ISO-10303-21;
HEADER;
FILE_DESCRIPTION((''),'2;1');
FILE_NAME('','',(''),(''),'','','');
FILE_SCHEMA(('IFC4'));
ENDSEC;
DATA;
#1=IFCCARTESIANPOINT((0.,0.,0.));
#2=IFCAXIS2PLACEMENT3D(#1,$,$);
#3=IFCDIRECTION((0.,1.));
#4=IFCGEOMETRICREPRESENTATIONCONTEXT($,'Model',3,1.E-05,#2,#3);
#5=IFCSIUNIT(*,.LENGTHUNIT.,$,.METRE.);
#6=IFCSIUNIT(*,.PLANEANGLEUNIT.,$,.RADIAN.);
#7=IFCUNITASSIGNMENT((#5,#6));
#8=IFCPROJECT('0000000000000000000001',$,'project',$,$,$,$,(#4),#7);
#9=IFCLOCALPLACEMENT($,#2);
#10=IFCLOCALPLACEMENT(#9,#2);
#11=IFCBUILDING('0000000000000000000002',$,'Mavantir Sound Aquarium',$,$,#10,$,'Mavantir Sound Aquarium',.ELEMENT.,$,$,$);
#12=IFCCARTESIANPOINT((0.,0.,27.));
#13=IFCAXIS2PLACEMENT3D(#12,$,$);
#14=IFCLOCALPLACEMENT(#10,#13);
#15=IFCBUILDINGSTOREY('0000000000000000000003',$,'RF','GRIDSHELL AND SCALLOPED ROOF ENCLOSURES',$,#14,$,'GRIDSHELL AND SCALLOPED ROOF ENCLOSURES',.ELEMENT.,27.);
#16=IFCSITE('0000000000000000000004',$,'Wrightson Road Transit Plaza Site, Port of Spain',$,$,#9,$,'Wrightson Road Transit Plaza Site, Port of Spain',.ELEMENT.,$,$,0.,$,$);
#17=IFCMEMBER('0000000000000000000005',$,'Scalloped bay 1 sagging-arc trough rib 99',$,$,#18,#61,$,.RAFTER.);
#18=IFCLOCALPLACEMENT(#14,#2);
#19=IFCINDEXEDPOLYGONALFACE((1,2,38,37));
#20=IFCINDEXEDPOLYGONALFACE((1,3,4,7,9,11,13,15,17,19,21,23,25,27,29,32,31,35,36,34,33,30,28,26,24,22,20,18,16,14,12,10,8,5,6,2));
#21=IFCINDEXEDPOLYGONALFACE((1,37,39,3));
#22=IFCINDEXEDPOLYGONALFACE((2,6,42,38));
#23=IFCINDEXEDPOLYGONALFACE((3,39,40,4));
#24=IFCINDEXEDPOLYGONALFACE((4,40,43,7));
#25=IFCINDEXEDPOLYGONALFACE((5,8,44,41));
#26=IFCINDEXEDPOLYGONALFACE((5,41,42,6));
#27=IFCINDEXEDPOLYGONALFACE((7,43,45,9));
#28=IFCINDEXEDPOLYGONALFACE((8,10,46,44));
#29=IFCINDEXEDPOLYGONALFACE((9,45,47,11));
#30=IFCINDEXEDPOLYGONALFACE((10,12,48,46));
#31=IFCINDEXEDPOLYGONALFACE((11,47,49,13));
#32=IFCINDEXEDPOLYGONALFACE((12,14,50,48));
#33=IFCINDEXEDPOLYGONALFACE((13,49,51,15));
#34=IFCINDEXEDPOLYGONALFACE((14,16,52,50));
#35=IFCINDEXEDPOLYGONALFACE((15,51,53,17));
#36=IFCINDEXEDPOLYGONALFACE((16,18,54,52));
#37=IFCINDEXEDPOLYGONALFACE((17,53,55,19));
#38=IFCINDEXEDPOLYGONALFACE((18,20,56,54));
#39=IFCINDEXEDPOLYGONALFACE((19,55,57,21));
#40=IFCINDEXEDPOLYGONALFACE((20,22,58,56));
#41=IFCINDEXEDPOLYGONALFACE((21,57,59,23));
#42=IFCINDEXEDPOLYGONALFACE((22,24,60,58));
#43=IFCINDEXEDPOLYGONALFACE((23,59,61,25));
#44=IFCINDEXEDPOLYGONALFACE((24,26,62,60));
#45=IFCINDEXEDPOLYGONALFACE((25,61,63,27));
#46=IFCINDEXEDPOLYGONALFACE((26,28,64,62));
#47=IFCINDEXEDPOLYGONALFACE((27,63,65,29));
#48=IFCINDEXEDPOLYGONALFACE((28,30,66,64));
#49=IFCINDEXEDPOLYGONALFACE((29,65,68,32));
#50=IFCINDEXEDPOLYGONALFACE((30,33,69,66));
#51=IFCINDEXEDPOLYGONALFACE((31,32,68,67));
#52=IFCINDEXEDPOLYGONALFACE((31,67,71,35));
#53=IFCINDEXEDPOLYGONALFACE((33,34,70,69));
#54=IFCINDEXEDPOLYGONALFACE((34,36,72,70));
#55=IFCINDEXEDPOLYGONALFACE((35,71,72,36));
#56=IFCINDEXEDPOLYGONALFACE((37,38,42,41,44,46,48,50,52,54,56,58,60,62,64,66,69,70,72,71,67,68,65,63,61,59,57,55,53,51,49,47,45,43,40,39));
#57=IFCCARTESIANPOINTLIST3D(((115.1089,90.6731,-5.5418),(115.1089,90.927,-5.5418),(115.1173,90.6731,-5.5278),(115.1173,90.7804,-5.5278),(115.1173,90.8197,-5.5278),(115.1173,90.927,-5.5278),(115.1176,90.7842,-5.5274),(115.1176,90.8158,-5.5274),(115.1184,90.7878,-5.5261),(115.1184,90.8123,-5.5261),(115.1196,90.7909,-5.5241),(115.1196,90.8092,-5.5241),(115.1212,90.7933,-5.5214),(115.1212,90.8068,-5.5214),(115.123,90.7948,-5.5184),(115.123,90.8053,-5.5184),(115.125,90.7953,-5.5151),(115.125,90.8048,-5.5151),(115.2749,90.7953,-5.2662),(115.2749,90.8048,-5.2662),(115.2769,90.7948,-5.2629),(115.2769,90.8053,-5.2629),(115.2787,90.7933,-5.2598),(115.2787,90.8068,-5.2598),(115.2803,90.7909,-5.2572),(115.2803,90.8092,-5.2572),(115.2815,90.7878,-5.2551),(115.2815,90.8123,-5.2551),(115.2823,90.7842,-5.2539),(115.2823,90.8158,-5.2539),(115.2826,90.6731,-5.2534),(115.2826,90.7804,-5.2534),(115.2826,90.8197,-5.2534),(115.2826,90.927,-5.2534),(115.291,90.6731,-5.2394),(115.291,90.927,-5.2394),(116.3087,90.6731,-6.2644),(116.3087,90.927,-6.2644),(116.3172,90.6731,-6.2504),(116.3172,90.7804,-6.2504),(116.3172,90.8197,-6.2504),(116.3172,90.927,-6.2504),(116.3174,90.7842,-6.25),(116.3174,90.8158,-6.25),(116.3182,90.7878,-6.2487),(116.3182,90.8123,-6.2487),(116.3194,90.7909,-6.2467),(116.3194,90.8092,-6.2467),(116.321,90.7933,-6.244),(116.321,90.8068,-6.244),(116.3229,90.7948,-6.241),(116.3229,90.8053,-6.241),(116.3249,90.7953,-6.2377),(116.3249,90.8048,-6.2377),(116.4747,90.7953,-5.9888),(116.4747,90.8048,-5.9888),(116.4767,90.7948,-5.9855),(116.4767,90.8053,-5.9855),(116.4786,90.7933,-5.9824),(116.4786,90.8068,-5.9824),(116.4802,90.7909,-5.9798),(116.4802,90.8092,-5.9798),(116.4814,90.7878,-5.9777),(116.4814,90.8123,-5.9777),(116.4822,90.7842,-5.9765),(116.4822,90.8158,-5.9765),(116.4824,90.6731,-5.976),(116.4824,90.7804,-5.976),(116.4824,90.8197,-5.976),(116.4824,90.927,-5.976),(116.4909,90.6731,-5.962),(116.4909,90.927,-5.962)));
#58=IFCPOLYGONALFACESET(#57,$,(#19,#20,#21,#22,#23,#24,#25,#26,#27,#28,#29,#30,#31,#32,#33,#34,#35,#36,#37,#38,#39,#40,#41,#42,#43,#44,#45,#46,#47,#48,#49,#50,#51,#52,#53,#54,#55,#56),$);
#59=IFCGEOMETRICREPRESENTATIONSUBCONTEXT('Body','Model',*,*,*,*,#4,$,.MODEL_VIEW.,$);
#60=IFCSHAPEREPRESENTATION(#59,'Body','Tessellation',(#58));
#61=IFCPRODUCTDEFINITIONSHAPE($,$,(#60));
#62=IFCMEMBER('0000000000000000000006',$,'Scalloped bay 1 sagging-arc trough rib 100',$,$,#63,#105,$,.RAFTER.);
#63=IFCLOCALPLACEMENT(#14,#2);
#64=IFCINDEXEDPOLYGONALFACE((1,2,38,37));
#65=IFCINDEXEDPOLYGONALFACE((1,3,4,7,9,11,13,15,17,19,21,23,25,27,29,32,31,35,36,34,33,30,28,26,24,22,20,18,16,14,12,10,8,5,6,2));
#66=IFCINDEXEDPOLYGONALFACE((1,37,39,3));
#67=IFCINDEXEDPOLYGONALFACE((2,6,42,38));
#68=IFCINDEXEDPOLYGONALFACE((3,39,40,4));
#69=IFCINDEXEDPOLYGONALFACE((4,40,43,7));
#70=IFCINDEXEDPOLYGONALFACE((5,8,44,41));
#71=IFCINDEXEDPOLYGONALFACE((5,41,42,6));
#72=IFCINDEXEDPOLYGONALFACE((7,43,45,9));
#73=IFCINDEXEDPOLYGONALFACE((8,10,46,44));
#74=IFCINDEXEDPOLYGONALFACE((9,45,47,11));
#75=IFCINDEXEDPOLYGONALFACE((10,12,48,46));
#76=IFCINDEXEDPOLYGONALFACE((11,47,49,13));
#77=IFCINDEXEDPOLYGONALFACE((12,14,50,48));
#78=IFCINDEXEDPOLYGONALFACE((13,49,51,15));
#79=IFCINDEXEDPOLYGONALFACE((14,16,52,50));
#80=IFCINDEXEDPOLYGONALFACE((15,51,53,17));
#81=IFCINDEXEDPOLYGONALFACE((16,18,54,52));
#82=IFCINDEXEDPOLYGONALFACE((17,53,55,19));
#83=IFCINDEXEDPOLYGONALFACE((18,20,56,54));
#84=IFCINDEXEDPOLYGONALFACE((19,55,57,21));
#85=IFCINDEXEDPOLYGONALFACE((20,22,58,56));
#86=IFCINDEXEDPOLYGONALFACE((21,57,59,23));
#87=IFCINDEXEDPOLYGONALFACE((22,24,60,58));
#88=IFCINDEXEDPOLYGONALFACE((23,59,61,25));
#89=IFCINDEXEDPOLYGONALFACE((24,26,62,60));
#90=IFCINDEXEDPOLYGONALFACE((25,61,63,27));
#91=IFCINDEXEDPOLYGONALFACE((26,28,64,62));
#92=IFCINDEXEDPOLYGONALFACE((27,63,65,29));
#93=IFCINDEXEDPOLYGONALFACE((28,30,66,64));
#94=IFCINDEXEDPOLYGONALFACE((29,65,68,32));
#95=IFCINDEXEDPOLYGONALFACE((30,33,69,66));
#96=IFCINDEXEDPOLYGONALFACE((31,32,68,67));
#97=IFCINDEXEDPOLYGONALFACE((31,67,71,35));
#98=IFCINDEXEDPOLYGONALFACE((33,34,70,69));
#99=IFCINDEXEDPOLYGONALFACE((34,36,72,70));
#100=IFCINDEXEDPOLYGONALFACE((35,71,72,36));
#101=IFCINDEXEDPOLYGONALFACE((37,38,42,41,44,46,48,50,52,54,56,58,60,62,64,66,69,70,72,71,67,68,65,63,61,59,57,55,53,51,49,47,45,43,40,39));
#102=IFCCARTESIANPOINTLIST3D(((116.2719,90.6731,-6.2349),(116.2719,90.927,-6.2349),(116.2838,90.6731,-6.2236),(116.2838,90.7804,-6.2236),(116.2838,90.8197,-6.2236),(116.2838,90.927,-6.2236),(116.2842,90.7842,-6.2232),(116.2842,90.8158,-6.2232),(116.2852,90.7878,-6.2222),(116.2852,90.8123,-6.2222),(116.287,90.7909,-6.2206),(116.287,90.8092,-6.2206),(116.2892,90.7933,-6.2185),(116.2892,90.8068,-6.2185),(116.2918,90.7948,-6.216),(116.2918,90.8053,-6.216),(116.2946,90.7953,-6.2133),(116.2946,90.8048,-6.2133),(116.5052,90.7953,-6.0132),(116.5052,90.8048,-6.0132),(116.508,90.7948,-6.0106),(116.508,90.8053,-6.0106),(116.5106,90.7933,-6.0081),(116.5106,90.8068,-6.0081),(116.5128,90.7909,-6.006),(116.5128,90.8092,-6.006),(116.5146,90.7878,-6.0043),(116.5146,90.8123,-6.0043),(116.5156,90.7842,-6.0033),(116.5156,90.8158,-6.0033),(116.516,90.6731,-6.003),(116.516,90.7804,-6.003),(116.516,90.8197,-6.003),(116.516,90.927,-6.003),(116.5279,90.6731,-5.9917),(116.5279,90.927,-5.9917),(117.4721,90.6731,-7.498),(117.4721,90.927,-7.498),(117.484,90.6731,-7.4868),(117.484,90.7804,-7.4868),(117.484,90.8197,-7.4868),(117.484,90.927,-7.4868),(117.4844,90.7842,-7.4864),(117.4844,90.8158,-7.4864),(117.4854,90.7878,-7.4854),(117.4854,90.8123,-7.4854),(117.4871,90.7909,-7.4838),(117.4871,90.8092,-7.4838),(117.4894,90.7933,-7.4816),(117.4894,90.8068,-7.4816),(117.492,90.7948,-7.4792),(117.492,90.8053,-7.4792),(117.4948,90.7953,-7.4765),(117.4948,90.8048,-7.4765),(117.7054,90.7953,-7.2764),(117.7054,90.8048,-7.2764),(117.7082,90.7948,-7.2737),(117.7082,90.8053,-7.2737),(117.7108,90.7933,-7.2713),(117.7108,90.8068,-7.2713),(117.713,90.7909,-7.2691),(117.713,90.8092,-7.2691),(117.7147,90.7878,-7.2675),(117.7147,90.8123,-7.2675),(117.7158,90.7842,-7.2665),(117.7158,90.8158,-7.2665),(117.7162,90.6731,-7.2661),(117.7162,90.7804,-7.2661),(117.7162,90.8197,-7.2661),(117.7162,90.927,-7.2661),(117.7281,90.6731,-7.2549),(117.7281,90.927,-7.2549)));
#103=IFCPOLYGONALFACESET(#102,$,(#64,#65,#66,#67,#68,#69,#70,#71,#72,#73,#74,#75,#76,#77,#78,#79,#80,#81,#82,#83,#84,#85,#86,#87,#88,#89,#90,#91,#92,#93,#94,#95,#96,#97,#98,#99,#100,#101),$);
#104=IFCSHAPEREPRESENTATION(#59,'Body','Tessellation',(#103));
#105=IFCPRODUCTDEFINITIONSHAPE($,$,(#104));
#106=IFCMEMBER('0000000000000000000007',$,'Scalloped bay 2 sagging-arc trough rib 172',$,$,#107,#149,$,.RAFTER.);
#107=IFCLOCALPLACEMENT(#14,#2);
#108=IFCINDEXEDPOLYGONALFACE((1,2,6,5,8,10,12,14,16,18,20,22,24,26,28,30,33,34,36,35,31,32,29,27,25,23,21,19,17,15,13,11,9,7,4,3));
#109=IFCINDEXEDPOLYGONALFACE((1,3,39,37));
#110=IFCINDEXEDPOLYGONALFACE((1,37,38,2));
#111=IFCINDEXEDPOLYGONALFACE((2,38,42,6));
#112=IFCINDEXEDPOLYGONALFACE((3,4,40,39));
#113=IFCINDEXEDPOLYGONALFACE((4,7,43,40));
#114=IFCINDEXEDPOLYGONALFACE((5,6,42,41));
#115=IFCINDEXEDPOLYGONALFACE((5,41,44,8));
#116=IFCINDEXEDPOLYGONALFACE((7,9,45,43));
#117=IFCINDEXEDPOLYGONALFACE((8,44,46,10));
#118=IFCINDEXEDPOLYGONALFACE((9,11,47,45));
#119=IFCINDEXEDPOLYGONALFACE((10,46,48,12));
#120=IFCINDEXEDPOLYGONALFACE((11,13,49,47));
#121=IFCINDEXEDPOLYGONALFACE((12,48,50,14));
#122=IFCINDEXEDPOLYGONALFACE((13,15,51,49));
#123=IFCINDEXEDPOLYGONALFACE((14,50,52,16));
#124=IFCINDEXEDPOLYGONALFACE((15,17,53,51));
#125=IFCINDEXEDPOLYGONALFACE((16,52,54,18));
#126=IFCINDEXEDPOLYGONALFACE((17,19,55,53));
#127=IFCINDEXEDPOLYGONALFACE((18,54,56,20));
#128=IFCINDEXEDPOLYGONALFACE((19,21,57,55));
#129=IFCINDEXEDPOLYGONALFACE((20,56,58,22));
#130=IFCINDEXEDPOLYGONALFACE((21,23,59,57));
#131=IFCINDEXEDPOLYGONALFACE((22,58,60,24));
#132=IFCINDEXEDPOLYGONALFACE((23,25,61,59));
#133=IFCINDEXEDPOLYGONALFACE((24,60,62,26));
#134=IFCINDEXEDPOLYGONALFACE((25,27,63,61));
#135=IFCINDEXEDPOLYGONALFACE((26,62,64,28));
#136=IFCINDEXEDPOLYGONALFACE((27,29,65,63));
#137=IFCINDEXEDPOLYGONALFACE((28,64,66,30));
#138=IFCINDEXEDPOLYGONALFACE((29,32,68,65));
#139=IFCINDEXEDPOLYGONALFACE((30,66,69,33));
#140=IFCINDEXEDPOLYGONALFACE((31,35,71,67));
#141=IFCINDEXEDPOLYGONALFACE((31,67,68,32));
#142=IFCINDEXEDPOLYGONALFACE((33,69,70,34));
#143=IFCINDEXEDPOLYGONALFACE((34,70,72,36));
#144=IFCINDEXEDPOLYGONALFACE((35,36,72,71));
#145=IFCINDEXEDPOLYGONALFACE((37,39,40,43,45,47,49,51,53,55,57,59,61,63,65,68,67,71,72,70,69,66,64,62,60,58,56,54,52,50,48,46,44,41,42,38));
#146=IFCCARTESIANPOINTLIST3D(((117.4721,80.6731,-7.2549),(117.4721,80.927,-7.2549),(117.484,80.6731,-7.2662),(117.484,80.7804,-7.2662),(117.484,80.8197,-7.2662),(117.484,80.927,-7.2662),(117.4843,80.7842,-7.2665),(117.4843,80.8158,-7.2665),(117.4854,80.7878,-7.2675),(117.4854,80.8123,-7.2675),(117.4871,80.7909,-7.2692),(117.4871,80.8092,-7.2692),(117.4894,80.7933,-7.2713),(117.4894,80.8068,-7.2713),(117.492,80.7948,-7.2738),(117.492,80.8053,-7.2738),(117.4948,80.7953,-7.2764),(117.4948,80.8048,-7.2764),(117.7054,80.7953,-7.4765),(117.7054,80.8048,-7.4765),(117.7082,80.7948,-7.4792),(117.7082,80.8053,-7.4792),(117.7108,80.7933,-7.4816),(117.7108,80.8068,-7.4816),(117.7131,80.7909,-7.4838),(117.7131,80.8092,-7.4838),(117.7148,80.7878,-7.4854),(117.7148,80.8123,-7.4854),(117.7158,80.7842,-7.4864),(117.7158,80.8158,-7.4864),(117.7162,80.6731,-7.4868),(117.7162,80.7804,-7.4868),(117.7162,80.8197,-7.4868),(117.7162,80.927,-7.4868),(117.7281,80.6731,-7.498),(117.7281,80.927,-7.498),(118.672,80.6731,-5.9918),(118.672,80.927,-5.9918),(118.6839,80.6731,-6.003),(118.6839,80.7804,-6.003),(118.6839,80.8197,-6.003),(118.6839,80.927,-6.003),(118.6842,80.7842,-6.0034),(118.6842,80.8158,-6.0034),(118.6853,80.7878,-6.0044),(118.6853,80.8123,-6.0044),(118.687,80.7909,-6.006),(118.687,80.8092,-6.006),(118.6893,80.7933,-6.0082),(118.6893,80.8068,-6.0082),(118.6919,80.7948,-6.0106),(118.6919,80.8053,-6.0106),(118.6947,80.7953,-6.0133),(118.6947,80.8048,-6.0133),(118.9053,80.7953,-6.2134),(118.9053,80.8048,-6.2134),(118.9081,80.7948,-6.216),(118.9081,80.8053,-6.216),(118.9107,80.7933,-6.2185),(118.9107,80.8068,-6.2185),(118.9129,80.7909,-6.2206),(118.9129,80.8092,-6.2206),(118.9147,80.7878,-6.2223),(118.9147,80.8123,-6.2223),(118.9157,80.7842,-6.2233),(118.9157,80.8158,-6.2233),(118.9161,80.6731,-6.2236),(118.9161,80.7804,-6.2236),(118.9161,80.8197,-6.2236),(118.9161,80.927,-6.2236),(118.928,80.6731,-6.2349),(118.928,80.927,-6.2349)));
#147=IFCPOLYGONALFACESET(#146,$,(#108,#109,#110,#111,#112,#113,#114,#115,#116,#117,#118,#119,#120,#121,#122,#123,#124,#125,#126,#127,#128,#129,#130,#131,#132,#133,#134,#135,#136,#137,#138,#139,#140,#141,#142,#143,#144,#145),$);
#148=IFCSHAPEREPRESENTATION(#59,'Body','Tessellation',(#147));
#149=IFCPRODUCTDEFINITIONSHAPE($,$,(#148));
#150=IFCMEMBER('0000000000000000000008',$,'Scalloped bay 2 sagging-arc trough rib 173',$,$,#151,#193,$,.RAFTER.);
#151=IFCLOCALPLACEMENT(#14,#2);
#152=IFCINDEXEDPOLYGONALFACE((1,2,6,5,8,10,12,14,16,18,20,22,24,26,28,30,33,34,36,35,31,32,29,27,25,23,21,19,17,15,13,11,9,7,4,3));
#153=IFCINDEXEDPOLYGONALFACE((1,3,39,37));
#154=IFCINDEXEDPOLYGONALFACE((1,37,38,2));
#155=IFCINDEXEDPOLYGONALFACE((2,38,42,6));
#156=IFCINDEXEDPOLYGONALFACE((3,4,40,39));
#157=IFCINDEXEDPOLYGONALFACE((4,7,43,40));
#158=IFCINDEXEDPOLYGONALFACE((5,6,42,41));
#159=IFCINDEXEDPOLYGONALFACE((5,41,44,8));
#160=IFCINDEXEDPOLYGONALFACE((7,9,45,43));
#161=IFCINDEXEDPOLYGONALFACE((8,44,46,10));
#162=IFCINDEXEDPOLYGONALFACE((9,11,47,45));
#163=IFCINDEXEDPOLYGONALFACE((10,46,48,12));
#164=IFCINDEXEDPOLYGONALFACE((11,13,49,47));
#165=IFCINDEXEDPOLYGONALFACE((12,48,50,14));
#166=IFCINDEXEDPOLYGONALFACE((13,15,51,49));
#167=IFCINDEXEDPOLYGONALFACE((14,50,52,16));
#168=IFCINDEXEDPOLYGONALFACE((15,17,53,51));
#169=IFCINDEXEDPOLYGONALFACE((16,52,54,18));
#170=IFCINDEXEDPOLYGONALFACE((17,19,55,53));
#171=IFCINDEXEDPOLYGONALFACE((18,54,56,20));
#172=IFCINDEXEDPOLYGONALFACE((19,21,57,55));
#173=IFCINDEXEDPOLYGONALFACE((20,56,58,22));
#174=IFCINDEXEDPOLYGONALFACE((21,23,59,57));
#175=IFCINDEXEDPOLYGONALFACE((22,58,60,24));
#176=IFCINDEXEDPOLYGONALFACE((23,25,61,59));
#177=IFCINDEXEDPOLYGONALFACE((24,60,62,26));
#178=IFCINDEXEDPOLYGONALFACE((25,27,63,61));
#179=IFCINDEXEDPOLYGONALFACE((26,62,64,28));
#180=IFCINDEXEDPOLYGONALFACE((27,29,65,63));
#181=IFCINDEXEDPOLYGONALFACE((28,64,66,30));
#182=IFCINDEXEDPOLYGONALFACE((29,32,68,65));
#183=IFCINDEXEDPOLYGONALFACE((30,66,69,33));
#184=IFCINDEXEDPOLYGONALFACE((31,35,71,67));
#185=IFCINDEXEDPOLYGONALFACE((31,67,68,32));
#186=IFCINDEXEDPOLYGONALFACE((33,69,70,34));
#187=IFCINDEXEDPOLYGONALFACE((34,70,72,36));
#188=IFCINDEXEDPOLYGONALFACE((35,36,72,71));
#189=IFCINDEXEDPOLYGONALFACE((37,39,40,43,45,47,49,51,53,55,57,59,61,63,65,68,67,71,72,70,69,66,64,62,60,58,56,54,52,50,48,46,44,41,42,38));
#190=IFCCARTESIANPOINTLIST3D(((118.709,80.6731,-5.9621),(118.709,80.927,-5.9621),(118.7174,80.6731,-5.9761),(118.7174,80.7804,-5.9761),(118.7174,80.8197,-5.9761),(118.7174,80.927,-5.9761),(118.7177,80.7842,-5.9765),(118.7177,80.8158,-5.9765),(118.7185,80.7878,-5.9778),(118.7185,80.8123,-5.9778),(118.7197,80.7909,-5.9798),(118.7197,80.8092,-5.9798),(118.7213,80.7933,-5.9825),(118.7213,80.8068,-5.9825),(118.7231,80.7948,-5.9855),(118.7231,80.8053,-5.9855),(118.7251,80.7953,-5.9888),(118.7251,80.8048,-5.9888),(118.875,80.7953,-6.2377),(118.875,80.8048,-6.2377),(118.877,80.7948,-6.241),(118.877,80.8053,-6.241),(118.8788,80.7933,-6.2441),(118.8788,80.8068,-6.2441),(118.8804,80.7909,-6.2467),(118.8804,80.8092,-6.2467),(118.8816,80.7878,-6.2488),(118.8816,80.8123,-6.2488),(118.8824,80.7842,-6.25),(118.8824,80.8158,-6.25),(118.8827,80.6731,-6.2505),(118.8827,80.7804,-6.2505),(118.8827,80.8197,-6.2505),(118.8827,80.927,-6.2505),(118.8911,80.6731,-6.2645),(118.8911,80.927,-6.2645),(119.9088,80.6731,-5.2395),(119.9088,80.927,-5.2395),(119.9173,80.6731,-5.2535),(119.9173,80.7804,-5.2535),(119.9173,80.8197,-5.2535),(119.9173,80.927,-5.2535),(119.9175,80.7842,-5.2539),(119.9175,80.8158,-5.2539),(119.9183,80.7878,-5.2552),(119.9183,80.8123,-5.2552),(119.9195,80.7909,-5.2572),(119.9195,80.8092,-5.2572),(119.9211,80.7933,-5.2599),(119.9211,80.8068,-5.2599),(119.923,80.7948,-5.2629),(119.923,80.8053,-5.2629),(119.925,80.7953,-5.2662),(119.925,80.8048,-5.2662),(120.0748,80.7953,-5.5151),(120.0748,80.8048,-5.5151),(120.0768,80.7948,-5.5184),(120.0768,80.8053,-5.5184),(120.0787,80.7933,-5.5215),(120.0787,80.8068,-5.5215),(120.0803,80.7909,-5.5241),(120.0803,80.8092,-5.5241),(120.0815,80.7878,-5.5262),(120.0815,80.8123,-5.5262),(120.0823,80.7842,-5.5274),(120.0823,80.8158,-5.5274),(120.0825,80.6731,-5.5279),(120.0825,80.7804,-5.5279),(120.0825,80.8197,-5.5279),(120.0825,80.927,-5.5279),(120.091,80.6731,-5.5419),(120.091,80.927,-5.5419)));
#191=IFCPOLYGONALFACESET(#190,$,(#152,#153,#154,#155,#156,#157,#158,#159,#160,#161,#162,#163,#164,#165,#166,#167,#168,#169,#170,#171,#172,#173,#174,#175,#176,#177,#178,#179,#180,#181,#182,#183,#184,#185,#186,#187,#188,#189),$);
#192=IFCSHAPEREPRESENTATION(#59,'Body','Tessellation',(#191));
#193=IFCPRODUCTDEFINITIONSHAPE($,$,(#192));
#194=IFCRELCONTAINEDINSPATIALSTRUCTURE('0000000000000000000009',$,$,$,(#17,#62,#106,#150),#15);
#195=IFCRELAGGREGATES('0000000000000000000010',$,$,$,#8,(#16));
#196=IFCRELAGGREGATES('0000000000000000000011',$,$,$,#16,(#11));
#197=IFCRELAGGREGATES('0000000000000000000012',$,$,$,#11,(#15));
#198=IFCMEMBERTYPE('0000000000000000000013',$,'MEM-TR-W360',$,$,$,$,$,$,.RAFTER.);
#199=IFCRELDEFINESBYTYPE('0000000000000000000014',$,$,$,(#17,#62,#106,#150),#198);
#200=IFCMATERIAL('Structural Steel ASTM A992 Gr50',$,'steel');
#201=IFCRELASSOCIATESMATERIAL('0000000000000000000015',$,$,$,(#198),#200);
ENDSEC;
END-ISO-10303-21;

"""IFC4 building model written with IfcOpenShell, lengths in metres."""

from ifc_helpers import new_model, si_unit, direction, frame, origin, origin_2d, place, context, subcontext, project, spatial, i_section, extrude, material, material_profile, profile_set, type_object, element, save


model = new_model("IFC4")

# Units and contexts
model_context = context("Model", 3, precision=1e-05, world=origin(), true_north=direction((0.0, 1.0)))
body_context = subcontext(model_context, "Body", "Model", "MODEL_VIEW")
ifc_project = project(units=[si_unit("LENGTHUNIT", "METRE"), si_unit("PLANEANGLEUNIT", "RADIAN")], contexts=[model_context])

# Site, building, storey
site_placement = place(None, origin())
site = spatial("IfcSite", under=ifc_project, at=site_placement, Name="Wrightson Road Transit Plaza Site, Port of Spain", LongName="Wrightson Road Transit Plaza Site, Port of Spain", CompositionType="ELEMENT", RefElevation=0.0)
building_placement = place(site_placement, origin())
building = spatial("IfcBuilding", under=site, at=building_placement, Name="Mavantir Sound Aquarium", LongName="Mavantir Sound Aquarium", CompositionType="ELEMENT")
storey_placement = place(building_placement, frame((0.0, 0.0, 27.0)))
storey = spatial("IfcBuildingStorey", under=building, at=storey_placement, Name="RF", Description="GRIDSHELL AND SCALLOPED ROOF ENCLOSURES", LongName="GRIDSHELL AND SCALLOPED ROOF ENCLOSURES", CompositionType="ELEMENT", Elevation=27.0)

# Shared definitions
ifc_material_1 = material(Name="Structural Steel ASTM A992 Gr50", Category="steel")

# Members
ifc_material_profile_1 = material_profile(ifc_material_1, i_section(OverallWidth=0.2539, OverallDepth=0.353, WebThickness=0.0095, FlangeThickness=0.0164, FilletRadius=0.0149, at=origin_2d()), Name="W360X91")
ifc_profile_set_1 = profile_set([ifc_material_profile_1], Name="Structural Steel ASTM A992 Gr50")
member_type_1 = type_object("IfcMemberType", Name="MEM-TR-W360", PredefinedType="RAFTER", material=ifc_profile_set_1)
member_1_placement = place(storey_placement, frame((115.2, 90.8, -5.3906), z_axis=(0.856646, 0.0, -0.515905), x_axis=(0.0, 1.0, 0.0)))
element("IfcMember", 1, at=member_1_placement, inside=storey, type_object=member_type_1, Name="Scalloped bay 1 sagging-arc trough rib 99", PredefinedType="RAFTER", context=body_context, shape_type="SweptSolid", body=[
    extrude(i_section(OverallWidth=0.2539, OverallDepth=0.353, WebThickness=0.0095, FlangeThickness=0.0164, FilletRadius=0.0149, at=origin_2d()), origin(), (0.0, 0.0, 1.0), 1.4006),
])
member_2_placement = place(storey_placement, frame((116.3999, 90.8, -6.1133), z_axis=(0.688801, 0.0, -0.72495), x_axis=(0.0, 1.0, 0.0)))
element("IfcMember", 2, at=member_2_placement, inside=storey, type_object=member_type_1, Name="Scalloped bay 1 sagging-arc trough rib 100", PredefinedType="RAFTER", context=body_context, shape_type="SweptSolid", body=[
    extrude(i_section(OverallWidth=0.2539, OverallDepth=0.353, WebThickness=0.0095, FlangeThickness=0.0164, FilletRadius=0.0149, at=origin_2d()), origin(), (0.0, 0.0, 1.0), 1.7424),
])
member_3_placement = place(storey_placement, frame((117.6001, 80.8, -7.3765), z_axis=(0.688727, 0.0, 0.72502), x_axis=(0.0, 1.0, 0.0)))
element("IfcMember", 3, at=member_3_placement, inside=storey, type_object=member_type_1, Name="Scalloped bay 2 sagging-arc trough rib 172", PredefinedType="RAFTER", context=body_context, shape_type="SweptSolid", body=[
    extrude(i_section(OverallWidth=0.2539, OverallDepth=0.353, WebThickness=0.0095, FlangeThickness=0.0164, FilletRadius=0.0149, at=origin_2d()), origin(), (0.0, 0.0, 1.0), 1.7422),
])
member_4_placement = place(storey_placement, frame((118.8, 80.8, -6.1133), z_axis=(0.856646, 0.0, 0.515905), x_axis=(0.0, 1.0, 0.0)))
element("IfcMember", 4, at=member_4_placement, inside=storey, type_object=member_type_1, Name="Scalloped bay 2 sagging-arc trough rib 173", PredefinedType="RAFTER", context=body_context, shape_type="SweptSolid", body=[
    extrude(i_section(OverallWidth=0.2539, OverallDepth=0.353, WebThickness=0.0095, FlangeThickness=0.0164, FilletRadius=0.0149, at=origin_2d()), origin(), (0.0, 0.0, 1.0), 1.4006),
])

save(model, "model.ifc")
